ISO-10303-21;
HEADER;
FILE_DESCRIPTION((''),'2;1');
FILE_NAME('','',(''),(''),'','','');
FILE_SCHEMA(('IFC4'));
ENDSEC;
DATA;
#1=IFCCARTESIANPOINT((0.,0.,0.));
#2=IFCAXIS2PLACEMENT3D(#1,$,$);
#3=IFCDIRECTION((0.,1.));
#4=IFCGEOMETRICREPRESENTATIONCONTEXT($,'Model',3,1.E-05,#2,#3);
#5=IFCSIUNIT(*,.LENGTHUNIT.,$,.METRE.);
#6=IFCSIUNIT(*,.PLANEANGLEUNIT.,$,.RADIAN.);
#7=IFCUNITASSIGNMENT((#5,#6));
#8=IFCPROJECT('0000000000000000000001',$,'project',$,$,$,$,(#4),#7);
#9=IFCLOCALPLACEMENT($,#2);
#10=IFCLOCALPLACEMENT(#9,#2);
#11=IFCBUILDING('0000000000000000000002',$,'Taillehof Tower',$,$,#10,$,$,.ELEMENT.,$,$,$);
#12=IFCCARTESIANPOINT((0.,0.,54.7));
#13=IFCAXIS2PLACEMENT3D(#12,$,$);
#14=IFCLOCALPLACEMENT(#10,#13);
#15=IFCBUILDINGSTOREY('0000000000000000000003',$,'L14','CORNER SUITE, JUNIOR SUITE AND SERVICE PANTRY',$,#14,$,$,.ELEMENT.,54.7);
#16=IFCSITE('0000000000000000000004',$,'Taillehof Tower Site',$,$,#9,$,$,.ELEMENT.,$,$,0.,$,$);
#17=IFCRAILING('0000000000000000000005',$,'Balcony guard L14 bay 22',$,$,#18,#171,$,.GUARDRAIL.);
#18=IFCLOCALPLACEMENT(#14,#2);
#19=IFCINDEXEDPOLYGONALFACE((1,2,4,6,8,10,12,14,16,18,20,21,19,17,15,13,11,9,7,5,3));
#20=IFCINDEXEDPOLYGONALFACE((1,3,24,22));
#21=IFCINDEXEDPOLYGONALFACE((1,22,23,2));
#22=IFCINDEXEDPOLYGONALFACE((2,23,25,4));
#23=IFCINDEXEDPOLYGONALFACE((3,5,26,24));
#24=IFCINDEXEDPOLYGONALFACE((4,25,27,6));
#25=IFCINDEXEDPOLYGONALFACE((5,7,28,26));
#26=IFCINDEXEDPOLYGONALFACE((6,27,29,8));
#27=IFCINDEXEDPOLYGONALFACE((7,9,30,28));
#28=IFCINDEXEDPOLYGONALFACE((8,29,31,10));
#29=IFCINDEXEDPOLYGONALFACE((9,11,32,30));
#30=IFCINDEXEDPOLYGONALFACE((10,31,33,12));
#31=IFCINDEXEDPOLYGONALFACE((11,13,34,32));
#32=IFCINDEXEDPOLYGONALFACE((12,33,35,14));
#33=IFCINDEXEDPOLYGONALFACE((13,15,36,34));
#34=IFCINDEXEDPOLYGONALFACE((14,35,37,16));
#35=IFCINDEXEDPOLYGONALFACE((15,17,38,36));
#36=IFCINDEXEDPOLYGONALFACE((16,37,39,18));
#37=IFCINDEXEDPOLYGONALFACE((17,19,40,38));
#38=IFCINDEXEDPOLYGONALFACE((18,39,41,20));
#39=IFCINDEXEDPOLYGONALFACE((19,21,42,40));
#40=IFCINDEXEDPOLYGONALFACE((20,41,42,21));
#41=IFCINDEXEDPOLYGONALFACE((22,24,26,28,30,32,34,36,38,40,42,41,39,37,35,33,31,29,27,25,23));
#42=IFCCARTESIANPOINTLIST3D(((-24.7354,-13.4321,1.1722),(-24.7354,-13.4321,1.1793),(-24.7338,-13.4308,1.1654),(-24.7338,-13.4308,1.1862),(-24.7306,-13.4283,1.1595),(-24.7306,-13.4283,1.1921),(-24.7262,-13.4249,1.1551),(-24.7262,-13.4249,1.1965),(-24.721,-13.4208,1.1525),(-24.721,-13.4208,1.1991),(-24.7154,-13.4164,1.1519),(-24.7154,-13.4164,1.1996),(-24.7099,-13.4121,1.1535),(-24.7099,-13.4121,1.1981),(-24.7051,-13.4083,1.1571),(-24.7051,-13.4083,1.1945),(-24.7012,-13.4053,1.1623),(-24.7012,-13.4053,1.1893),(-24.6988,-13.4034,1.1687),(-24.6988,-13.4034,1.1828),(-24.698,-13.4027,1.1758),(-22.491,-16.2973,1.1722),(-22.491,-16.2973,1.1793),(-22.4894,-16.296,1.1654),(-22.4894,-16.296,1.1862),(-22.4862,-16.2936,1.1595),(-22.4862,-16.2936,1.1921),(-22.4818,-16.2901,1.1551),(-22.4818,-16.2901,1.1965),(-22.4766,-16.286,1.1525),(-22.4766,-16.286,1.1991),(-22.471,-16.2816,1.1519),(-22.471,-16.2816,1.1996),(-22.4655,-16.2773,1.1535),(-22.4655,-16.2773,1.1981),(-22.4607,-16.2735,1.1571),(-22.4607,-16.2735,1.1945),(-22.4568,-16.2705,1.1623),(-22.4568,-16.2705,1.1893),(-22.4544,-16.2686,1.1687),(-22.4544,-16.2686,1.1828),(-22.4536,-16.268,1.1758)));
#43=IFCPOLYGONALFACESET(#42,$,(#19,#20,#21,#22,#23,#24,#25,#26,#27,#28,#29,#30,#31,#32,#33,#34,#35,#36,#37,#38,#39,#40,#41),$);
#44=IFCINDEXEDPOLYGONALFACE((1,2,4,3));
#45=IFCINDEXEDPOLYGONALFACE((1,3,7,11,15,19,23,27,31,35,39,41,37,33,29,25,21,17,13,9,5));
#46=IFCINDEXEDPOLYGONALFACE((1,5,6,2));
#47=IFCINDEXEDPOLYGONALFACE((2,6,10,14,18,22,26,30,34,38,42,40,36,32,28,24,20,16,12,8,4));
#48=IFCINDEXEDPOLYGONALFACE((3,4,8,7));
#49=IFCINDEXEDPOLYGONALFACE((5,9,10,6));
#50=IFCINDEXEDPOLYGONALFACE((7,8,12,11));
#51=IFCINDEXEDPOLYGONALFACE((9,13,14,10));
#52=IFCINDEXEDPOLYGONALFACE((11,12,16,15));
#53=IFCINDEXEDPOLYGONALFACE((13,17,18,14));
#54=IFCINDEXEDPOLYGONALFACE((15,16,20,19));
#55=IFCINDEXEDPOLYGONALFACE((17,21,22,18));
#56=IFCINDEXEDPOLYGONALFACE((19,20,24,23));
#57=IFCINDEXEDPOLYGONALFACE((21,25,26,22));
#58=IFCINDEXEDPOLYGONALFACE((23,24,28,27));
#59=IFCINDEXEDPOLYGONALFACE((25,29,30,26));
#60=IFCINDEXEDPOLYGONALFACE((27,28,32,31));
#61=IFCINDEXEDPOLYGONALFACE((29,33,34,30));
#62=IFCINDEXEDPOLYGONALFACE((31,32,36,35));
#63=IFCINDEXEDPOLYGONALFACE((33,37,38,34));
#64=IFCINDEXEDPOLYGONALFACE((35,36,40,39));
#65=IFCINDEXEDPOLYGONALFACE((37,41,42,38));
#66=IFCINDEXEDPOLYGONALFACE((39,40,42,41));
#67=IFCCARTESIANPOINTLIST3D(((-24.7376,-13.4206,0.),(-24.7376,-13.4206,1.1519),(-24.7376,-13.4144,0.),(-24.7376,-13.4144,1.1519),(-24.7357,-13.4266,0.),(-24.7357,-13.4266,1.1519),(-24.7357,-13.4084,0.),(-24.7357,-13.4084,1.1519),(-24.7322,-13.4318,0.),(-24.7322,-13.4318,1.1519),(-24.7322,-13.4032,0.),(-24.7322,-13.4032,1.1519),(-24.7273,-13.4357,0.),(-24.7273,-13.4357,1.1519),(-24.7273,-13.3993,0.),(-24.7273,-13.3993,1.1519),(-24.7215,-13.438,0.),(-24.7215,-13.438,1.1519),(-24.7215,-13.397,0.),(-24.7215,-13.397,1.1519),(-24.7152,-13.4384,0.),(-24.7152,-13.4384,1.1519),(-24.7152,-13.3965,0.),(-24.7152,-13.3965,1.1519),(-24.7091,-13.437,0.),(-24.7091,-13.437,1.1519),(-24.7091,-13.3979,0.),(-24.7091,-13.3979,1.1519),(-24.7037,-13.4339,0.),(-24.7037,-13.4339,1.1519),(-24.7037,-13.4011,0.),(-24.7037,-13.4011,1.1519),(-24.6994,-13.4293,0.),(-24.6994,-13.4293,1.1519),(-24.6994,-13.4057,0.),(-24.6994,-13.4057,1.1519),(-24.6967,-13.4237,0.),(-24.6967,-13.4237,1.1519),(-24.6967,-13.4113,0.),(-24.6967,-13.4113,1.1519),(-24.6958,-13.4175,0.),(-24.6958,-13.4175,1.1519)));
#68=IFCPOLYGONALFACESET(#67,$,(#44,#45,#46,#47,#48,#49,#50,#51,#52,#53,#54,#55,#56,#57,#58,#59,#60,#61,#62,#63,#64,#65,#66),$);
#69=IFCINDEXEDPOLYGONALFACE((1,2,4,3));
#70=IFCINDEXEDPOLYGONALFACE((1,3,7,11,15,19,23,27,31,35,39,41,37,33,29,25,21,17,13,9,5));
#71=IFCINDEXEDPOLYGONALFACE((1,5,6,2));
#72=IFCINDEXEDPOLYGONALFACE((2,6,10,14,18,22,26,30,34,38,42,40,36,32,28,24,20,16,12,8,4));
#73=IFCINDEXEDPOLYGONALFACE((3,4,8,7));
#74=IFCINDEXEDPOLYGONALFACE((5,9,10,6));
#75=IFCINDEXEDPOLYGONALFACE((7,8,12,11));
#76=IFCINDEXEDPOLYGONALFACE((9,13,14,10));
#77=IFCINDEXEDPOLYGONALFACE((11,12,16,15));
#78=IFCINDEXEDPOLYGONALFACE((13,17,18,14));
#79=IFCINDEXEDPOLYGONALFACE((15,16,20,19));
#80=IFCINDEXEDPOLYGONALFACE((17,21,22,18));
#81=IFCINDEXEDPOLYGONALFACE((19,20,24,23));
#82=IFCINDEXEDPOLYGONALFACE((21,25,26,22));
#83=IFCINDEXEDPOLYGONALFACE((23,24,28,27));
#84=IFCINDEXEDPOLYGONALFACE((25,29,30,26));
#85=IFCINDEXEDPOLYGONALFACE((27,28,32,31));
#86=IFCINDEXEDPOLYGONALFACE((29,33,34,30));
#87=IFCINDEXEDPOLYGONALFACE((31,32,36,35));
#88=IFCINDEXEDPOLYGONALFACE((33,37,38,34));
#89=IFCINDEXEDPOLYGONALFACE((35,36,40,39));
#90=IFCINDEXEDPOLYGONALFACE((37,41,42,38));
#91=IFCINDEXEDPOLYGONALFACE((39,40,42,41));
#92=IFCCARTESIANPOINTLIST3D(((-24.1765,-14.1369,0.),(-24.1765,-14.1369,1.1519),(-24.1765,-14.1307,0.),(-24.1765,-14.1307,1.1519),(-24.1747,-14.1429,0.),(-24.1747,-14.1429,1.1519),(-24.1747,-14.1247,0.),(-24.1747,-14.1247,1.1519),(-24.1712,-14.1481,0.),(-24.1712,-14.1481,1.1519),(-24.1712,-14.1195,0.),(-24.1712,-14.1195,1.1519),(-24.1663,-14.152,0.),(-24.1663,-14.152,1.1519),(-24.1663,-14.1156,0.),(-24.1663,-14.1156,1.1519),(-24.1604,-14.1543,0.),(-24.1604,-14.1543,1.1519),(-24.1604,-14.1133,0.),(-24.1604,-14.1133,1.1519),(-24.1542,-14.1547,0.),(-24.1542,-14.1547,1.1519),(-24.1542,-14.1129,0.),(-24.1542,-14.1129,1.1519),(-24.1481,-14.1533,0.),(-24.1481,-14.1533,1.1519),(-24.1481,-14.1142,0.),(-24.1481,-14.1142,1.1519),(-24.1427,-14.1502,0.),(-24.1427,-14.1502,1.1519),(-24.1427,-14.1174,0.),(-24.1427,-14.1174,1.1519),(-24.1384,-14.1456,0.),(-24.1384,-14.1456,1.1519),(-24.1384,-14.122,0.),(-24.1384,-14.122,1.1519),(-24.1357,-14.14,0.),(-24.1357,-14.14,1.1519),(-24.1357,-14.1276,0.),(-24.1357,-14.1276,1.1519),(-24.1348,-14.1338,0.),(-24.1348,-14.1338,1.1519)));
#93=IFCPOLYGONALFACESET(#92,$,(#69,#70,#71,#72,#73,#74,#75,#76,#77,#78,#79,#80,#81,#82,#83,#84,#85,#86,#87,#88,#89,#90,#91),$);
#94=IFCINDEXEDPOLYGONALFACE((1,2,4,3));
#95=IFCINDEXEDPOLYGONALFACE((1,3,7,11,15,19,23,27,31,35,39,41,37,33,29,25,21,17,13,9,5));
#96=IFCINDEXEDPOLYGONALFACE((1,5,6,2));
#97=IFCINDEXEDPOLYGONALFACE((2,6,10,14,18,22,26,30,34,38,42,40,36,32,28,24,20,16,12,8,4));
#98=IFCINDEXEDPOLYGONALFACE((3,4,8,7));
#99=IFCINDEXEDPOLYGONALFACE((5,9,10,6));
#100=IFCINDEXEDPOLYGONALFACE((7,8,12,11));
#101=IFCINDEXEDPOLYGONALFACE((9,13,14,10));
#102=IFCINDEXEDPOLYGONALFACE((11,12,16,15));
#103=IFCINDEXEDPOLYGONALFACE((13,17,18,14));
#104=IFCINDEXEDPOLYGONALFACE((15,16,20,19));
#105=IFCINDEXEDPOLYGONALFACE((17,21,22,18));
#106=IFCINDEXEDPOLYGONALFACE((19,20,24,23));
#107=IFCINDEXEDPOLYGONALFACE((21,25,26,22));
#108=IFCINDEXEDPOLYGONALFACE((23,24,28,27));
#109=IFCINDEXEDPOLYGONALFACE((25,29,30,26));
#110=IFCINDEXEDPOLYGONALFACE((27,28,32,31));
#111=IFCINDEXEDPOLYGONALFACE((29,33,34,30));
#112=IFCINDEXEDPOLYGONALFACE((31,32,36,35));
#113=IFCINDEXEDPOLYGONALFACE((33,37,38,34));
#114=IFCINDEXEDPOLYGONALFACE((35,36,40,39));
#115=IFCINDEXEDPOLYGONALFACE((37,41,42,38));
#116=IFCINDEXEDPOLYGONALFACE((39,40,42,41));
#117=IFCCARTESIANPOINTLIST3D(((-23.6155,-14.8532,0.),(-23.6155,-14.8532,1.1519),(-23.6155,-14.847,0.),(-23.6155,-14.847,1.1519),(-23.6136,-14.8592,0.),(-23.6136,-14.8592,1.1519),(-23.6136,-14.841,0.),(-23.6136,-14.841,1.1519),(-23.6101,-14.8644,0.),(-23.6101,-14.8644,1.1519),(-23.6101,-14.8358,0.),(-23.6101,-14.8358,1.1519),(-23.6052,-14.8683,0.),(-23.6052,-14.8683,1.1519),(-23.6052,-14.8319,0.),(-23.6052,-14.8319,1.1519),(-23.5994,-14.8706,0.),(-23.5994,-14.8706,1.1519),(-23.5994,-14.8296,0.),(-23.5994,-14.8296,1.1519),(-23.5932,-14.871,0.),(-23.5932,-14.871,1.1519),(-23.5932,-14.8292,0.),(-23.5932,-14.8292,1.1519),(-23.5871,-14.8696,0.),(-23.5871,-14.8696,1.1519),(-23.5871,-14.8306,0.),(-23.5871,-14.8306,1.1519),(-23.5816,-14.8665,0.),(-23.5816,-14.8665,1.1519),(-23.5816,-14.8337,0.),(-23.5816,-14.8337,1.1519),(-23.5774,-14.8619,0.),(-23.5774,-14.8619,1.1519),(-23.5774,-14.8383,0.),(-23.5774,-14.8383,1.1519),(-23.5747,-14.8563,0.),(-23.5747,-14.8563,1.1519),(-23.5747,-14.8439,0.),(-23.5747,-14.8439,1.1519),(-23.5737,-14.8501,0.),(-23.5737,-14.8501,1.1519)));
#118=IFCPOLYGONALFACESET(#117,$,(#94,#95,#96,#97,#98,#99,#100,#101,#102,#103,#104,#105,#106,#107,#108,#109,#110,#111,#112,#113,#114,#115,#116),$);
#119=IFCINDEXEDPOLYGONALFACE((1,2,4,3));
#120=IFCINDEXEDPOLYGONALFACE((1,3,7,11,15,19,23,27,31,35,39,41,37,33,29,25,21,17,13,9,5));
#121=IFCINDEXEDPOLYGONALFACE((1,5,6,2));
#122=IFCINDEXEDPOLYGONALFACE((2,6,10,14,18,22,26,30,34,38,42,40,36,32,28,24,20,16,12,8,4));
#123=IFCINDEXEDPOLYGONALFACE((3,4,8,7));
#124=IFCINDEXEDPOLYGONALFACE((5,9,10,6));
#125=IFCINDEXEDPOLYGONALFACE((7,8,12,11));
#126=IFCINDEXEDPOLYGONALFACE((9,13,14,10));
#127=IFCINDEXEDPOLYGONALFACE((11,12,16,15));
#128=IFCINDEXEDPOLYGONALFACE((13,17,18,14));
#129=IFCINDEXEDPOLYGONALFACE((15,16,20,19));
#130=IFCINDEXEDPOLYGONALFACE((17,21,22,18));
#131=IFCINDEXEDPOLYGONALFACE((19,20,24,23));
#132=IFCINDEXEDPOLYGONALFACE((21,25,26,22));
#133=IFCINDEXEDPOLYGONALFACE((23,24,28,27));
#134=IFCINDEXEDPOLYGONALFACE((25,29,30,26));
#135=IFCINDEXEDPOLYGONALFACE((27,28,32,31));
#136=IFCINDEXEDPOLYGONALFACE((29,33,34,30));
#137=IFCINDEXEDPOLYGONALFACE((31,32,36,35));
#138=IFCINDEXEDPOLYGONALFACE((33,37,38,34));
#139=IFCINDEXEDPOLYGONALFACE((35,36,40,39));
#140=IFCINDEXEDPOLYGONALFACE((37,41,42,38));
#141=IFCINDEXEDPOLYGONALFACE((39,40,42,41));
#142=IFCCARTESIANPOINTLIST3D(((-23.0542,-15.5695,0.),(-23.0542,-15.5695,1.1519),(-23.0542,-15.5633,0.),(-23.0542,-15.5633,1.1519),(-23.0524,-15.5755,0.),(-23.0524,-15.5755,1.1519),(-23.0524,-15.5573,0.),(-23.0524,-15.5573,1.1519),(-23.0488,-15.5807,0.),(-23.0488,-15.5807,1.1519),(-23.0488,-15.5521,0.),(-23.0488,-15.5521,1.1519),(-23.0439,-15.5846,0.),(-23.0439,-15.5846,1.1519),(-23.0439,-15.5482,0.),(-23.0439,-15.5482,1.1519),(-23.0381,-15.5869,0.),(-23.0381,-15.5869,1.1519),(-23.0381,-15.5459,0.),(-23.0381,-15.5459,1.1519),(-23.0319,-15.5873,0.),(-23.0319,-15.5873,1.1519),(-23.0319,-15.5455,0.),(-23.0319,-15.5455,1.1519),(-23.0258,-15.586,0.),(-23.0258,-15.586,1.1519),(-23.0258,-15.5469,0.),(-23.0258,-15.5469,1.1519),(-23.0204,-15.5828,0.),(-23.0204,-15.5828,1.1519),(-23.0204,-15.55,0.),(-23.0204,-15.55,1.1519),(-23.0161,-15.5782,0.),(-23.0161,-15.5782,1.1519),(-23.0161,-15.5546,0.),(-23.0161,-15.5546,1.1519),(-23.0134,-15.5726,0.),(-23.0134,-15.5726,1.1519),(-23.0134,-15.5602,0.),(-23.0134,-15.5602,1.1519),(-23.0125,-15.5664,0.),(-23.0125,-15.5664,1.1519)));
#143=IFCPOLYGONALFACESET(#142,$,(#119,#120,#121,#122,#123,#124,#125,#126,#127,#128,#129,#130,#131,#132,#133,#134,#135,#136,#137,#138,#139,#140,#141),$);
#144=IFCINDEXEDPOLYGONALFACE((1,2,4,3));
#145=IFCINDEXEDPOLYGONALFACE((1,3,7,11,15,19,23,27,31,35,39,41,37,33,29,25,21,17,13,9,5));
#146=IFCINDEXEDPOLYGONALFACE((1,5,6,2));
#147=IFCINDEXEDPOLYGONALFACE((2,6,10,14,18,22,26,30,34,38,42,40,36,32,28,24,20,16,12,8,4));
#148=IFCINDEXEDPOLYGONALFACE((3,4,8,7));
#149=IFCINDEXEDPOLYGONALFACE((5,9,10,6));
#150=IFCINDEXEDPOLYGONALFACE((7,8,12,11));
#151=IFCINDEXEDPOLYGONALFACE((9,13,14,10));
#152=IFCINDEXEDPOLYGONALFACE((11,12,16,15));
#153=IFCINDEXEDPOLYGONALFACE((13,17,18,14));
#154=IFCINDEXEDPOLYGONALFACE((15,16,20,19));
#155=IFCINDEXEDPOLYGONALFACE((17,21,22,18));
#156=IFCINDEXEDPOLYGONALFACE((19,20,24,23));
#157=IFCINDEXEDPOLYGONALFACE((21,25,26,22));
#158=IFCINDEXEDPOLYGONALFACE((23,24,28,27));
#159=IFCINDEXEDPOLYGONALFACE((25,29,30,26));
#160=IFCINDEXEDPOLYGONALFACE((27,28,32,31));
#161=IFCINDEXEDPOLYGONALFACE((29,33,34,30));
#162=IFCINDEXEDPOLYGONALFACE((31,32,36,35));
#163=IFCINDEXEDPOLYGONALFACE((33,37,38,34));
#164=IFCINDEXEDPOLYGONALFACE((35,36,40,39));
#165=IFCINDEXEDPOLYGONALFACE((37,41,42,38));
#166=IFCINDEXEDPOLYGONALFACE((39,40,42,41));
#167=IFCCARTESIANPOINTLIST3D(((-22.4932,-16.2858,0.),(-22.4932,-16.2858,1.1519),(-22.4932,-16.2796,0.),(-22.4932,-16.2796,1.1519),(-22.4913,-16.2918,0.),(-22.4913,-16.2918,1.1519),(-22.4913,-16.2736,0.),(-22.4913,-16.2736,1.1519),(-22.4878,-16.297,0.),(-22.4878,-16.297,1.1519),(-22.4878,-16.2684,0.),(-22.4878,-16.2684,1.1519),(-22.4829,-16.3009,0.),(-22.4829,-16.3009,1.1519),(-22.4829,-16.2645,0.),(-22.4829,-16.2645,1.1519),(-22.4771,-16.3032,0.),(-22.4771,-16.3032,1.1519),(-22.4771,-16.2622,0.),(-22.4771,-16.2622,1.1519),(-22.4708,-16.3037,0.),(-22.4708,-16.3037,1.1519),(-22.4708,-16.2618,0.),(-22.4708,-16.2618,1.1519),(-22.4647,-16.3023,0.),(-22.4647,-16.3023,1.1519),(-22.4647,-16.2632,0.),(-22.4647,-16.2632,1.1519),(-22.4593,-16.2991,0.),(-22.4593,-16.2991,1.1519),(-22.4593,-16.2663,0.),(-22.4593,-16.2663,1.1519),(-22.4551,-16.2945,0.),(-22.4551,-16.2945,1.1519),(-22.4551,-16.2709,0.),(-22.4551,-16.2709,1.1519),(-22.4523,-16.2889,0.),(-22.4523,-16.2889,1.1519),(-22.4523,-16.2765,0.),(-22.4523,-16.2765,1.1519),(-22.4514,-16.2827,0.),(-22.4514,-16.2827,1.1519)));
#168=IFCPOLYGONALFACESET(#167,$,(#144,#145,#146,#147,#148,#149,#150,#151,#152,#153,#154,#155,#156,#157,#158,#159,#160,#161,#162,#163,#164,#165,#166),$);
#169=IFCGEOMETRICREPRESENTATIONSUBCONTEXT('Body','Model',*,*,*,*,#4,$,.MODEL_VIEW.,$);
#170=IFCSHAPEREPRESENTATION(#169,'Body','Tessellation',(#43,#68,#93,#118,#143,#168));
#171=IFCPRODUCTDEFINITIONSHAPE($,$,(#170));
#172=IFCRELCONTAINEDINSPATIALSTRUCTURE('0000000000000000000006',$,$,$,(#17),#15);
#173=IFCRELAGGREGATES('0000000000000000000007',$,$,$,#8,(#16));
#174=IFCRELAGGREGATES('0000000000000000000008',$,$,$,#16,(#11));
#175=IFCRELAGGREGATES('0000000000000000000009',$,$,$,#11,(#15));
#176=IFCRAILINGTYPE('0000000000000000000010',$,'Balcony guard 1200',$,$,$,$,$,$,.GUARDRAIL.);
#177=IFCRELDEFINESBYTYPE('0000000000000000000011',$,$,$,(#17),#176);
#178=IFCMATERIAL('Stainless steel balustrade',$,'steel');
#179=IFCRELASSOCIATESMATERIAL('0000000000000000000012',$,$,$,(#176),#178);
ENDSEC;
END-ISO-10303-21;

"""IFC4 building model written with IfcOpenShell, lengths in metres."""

from ifc_helpers import new_model, si_unit, direction, frame, origin, origin_2d, place, context, subcontext, project, spatial, circle, extrude, material, type_object, element, save


model = new_model("IFC4")

# Units and contexts
model_context = context("Model", 3, precision=1e-05, world=origin(), true_north=direction((0.0, 1.0)))
body_context = subcontext(model_context, "Body", "Model", "MODEL_VIEW")
ifc_project = project(units=[si_unit("LENGTHUNIT", "METRE"), si_unit("PLANEANGLEUNIT", "RADIAN")], contexts=[model_context])

# Site, building, storey
site_placement = place(None, origin())
site = spatial("IfcSite", under=ifc_project, at=site_placement, Name="Taillehof Tower Site", CompositionType="ELEMENT", RefElevation=0.0)
building_placement = place(site_placement, origin())
building = spatial("IfcBuilding", under=site, at=building_placement, Name="Taillehof Tower", CompositionType="ELEMENT")
storey_placement = place(building_placement, frame((0.0, 0.0, 54.7)))
storey = spatial("IfcBuildingStorey", under=building, at=storey_placement, Name="L14", Description="CORNER SUITE, JUNIOR SUITE AND SERVICE PANTRY", CompositionType="ELEMENT", Elevation=54.7)

# Railing
ifc_material_1 = material(Name="Stainless steel balustrade", Category="steel")
railing_type = type_object("IfcRailingType", Name="Balcony guard 1200", PredefinedType="GUARDRAIL", material=ifc_material_1)
railing_1_placement = place(storey_placement, frame((-24.7168, -13.4175, 0.0)))
element("IfcRailing", 1, at=railing_1_placement, inside=storey, type_object=railing_type, Name="Balcony guard L14 bay 22", PredefinedType="GUARDRAIL", context=body_context, shape_type="SweptSolid", body=[
    extrude(circle(Radius=0.0239, at=origin_2d()), frame((0.0, 0.0, 1.1758), z_axis=(0.616654, -0.787235, 0.0), x_axis=(0.787235, 0.616654, 0.0)), (0.0, 0.0, 1.0), 3.6396),
    extrude(circle(Radius=0.021, at=origin_2d()), origin(), (0.0, 0.0, 1.0), 1.1519),
    extrude(circle(Radius=0.021, at=origin_2d()), frame((0.561, -0.7163, 0.0)), (0.0, 0.0, 1.0), 1.1519),
    extrude(circle(Radius=0.021, at=origin_2d()), frame((1.1221, -1.4326, 0.0)), (0.0, 0.0, 1.0), 1.1519),
    extrude(circle(Radius=0.021, at=origin_2d()), frame((1.6833, -2.1489, 0.0)), (0.0, 0.0, 1.0), 1.1519),
    extrude(circle(Radius=0.021, at=origin_2d()), frame((2.2444, -2.8652, 0.0)), (0.0, 0.0, 1.0), 1.1519),
])

save(model, "model.ifc")
